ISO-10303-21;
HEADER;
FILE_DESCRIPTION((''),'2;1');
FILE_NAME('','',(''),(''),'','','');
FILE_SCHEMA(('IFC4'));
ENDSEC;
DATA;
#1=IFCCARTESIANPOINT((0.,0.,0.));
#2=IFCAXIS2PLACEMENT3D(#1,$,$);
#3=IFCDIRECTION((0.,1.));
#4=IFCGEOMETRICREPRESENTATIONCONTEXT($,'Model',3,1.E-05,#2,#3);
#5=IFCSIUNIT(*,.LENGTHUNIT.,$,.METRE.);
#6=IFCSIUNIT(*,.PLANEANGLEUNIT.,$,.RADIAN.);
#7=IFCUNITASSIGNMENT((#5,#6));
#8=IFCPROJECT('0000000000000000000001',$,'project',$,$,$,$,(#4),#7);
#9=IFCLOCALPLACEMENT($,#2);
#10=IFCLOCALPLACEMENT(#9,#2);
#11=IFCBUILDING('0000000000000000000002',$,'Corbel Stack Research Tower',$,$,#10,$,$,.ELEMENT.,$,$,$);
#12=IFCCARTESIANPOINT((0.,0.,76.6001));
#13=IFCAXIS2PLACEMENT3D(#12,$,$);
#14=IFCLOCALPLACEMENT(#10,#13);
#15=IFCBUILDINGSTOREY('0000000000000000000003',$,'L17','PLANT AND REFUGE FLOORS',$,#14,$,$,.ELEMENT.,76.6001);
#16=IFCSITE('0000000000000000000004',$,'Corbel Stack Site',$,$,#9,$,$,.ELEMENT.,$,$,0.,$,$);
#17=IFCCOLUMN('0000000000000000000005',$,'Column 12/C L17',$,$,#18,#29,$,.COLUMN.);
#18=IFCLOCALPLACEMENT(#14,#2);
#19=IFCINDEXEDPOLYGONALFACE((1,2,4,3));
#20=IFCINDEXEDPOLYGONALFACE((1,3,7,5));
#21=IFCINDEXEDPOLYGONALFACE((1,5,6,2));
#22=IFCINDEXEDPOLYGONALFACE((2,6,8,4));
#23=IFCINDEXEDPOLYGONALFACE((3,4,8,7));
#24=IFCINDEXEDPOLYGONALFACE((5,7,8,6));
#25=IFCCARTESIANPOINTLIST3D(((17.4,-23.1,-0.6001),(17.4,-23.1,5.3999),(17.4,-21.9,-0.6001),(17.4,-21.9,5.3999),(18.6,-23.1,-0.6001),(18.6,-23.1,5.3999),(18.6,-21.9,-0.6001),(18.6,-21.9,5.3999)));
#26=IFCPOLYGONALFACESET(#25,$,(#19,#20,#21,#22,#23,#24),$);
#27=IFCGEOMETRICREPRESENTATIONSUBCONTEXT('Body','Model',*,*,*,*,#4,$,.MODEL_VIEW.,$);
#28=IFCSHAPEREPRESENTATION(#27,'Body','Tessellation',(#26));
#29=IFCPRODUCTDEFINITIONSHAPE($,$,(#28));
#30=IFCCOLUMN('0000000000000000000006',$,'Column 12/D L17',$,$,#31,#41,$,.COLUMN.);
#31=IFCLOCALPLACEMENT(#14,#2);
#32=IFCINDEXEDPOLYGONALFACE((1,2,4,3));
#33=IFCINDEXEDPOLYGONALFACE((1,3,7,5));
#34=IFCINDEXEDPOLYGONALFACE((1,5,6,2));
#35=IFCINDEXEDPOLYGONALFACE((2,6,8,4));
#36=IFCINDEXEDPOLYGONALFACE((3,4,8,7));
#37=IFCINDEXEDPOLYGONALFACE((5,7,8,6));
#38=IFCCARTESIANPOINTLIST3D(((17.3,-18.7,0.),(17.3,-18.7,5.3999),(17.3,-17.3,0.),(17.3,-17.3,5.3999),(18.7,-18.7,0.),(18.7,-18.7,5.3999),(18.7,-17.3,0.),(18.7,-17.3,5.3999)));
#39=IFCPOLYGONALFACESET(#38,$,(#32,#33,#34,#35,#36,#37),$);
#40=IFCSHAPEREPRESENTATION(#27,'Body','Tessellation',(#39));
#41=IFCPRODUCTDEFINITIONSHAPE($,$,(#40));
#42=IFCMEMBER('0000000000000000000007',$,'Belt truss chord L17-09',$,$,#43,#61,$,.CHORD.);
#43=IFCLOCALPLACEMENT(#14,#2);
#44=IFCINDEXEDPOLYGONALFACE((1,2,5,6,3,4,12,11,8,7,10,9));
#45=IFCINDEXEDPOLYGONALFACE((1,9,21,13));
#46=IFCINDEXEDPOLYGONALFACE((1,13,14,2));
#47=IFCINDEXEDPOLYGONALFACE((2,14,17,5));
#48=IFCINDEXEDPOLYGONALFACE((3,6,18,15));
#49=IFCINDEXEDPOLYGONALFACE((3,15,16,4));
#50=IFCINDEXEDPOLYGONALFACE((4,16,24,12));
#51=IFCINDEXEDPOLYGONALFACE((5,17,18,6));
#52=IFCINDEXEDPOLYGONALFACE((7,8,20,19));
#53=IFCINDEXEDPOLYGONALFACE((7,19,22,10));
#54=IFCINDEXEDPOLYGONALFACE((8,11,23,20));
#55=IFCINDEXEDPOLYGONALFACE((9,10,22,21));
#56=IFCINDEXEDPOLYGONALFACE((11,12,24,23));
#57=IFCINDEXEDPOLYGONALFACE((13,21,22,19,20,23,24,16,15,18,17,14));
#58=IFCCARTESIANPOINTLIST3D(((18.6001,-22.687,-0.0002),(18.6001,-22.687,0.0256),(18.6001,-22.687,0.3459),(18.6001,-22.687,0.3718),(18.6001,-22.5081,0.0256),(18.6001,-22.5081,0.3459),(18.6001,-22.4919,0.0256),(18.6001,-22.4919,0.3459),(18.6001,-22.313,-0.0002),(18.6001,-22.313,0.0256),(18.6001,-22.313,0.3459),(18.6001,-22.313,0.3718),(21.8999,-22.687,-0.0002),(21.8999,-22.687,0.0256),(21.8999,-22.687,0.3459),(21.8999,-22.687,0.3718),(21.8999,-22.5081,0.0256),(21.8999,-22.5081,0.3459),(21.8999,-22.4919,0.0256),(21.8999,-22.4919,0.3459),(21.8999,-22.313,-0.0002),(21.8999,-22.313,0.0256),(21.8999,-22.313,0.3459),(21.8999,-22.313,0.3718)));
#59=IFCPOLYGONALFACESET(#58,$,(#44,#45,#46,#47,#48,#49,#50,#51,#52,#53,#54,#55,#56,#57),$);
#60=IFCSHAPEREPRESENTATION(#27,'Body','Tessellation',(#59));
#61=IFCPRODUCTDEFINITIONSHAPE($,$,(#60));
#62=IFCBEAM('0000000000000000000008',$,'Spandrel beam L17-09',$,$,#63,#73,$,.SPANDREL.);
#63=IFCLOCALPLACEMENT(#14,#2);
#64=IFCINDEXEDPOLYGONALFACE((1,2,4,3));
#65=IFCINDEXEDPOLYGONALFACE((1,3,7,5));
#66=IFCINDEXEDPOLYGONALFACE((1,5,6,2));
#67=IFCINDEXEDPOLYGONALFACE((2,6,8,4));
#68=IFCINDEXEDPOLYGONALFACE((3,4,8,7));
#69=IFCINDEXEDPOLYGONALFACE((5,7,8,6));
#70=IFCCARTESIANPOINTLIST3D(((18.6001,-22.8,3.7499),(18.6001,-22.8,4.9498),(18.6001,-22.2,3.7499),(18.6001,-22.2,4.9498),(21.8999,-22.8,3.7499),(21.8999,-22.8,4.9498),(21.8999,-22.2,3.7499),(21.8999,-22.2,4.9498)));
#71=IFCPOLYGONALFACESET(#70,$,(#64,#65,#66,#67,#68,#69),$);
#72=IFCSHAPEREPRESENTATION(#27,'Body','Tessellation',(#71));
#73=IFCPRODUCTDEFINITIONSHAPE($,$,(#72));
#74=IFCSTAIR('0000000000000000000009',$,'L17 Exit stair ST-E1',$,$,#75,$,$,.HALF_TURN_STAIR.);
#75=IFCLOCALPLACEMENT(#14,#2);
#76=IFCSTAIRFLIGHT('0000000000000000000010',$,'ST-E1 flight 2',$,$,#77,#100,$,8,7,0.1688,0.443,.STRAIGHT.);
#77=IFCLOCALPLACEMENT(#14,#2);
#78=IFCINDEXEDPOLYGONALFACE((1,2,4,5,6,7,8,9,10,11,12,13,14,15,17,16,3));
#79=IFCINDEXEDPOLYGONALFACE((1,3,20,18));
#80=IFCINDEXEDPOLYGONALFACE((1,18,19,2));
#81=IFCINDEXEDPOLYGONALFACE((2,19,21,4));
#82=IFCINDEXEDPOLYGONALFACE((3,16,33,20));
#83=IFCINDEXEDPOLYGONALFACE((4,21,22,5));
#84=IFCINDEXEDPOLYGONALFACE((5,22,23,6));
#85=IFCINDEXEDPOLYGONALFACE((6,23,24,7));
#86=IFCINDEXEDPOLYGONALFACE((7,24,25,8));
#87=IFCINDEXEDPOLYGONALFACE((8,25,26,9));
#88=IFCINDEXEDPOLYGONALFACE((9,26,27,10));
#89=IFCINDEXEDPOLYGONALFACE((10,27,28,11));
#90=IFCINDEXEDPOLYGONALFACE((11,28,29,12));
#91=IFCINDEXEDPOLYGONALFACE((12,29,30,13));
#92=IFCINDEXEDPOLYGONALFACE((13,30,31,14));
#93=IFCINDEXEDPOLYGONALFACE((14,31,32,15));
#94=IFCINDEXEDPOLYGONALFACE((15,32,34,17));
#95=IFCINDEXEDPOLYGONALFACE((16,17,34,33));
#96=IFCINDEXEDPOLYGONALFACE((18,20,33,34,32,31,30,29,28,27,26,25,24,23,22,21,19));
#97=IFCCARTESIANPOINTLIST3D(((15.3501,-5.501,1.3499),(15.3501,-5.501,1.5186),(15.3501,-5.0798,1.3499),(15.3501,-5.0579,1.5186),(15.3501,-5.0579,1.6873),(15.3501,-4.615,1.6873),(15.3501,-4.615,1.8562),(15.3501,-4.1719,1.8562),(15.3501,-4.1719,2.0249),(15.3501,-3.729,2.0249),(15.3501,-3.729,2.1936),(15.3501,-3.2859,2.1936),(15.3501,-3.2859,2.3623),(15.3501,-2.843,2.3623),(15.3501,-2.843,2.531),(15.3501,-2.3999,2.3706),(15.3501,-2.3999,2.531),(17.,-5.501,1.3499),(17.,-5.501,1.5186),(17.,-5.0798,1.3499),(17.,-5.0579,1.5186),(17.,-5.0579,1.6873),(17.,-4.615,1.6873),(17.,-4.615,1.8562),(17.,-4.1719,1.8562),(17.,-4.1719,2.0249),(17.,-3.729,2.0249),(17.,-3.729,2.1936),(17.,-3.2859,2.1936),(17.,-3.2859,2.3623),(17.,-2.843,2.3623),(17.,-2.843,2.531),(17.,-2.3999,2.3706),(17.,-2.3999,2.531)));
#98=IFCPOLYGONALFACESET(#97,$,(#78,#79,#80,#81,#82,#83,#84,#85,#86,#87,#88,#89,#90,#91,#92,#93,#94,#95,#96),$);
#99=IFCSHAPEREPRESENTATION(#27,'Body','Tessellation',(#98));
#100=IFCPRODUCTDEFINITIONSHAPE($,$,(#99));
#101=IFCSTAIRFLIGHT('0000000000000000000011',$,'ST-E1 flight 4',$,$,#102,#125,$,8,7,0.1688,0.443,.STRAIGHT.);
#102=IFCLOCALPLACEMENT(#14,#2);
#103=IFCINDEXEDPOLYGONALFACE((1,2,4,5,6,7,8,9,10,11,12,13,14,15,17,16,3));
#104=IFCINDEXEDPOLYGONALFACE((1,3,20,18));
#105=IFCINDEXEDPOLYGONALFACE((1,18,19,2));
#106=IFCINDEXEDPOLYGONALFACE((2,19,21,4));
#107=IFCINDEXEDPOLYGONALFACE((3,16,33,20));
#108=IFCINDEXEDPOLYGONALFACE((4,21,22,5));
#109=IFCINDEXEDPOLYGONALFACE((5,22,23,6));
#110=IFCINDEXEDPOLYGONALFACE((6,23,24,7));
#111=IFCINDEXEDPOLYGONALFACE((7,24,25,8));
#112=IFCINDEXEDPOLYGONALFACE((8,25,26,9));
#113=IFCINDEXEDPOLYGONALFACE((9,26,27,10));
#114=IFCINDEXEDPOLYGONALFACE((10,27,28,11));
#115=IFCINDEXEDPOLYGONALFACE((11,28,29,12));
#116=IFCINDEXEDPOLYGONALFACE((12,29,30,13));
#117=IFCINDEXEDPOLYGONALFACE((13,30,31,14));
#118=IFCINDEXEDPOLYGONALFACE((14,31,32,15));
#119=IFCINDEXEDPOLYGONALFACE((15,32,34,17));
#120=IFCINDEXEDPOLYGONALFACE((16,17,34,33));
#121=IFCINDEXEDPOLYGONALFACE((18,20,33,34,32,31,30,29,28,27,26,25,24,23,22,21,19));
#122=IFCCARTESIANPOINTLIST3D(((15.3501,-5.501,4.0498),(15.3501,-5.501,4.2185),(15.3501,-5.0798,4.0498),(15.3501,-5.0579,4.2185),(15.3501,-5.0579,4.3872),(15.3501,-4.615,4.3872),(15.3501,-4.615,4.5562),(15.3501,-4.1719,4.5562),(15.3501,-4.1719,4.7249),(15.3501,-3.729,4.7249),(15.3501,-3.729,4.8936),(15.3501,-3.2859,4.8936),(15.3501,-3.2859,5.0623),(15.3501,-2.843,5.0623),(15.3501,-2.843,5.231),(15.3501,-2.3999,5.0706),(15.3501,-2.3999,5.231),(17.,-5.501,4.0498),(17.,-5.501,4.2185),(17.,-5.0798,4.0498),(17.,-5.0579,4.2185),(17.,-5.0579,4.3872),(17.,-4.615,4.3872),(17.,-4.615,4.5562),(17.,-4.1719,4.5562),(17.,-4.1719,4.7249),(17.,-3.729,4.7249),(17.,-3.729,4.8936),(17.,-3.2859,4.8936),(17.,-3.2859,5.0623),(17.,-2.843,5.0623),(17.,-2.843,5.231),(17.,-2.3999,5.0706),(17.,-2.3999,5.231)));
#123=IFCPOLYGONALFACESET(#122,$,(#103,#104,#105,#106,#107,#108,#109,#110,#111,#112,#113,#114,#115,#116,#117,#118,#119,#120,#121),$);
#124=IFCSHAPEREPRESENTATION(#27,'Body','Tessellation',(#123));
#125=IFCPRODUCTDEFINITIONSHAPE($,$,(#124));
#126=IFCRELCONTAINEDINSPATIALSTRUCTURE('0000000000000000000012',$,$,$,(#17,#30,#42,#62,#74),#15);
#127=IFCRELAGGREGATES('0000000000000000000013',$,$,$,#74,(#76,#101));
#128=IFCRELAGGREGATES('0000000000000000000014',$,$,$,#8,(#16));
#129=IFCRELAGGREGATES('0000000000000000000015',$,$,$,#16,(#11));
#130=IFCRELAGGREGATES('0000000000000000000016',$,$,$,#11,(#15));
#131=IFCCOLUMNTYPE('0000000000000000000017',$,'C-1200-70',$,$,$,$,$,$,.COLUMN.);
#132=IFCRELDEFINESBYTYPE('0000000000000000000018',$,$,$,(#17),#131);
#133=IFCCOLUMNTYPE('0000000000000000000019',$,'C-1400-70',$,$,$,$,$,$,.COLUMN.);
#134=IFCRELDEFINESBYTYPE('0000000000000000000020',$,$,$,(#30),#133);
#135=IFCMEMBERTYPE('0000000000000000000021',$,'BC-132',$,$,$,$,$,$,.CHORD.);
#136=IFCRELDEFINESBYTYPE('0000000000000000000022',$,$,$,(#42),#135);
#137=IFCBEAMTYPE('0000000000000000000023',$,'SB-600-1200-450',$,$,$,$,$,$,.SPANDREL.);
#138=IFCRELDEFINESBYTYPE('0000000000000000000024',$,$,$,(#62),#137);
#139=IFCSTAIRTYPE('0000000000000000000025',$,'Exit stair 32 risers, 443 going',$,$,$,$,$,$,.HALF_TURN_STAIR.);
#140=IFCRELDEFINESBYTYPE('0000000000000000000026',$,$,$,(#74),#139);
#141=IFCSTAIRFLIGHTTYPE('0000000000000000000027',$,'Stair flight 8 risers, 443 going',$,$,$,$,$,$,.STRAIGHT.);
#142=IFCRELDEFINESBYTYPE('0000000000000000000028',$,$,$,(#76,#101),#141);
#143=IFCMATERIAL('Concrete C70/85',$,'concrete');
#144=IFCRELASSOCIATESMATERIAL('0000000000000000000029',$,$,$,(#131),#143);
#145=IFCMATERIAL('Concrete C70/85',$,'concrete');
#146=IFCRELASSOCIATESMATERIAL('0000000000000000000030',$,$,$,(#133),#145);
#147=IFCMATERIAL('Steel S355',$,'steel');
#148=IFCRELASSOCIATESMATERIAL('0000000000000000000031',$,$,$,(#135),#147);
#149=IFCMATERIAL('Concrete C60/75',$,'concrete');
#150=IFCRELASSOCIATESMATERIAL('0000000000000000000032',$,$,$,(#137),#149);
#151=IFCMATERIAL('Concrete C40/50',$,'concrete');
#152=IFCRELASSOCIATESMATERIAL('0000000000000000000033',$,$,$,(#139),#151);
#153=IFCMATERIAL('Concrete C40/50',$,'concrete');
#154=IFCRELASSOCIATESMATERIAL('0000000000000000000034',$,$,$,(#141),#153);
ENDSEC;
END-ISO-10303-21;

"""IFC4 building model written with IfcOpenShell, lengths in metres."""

from ifc_helpers import new_model, si_unit, direction, frame, origin, origin_2d, place, context, subcontext, project, spatial, polyline, rectangle, i_section, outline, extrude, material, material_profile, profile_set, type_object, element, aggregate, save


model = new_model("IFC4")

# Units and contexts
model_context = context("Model", 3, precision=1e-05, world=origin(), true_north=direction((0.0, 1.0)))
body_context = subcontext(model_context, "Body", "Model", "MODEL_VIEW")
ifc_project = project(units=[si_unit("LENGTHUNIT", "METRE"), si_unit("PLANEANGLEUNIT", "RADIAN")], contexts=[model_context])

# Site, building, storey
site_placement = place(None, origin())
site = spatial("IfcSite", under=ifc_project, at=site_placement, Name="Corbel Stack Site", CompositionType="ELEMENT", RefElevation=0.0)
building_placement = place(site_placement, origin())
building = spatial("IfcBuilding", under=site, at=building_placement, Name="Corbel Stack Research Tower", CompositionType="ELEMENT")
storey_placement = place(building_placement, frame((0.0, 0.0, 76.6001)))
storey = spatial("IfcBuildingStorey", under=building, at=storey_placement, Name="L17", Description="PLANT AND REFUGE FLOORS", CompositionType="ELEMENT", Elevation=76.6001)

# Columns
ifc_material_1 = material(Name="Concrete C70/85", Category="concrete")
ifc_material_profile_1 = material_profile(ifc_material_1, rectangle(XDim=1.2, YDim=1.2, at=origin_2d()), Name="RC 1200 x 1200")
ifc_profile_set_1 = profile_set([ifc_material_profile_1], Name="Concrete C70/85")
column_type_1 = type_object("IfcColumnType", Name="C-1200-70", PredefinedType="COLUMN", material=ifc_profile_set_1)
column_1_placement = place(storey_placement, frame((18.0, -22.5, -0.6001), z_axis=(0.0, 0.0, 1.0), x_axis=(1.0, 0.0, 0.0)))
element("IfcColumn", 1, at=column_1_placement, inside=storey, type_object=column_type_1, Name="Column 12/C L17", PredefinedType="COLUMN", context=body_context, shape_type="SweptSolid", body=[
    extrude(rectangle(XDim=1.2, YDim=1.2, at=origin_2d()), origin(), (0.0, 0.0, 1.0), 6.0),
])
ifc_material_2 = material(Name="Concrete C70/85", Category="concrete")
ifc_material_profile_2 = material_profile(ifc_material_2, rectangle(XDim=1.3999, YDim=1.3999, at=origin_2d()), Name="RC 1400 x 1400")
ifc_profile_set_2 = profile_set([ifc_material_profile_2], Name="Concrete C70/85")
column_type_2 = type_object("IfcColumnType", Name="C-1400-70", PredefinedType="COLUMN", material=ifc_profile_set_2)
column_2_placement = place(storey_placement, frame((18.0, -18.0, 0.0), z_axis=(0.0, 0.0, 1.0), x_axis=(1.0, 0.0, 0.0)))
element("IfcColumn", 2, at=column_2_placement, inside=storey, type_object=column_type_2, Name="Column 12/D L17", PredefinedType="COLUMN", context=body_context, shape_type="SweptSolid", body=[
    extrude(rectangle(XDim=1.3999, YDim=1.3999, at=origin_2d()), origin(), (0.0, 0.0, 1.0), 5.3999),
])

# Member
ifc_material_3 = material(Name="Steel S355", Category="steel")
ifc_material_profile_3 = material_profile(ifc_material_3, i_section(OverallWidth=0.374, OverallDepth=0.3721, WebThickness=0.0161, FlangeThickness=0.0259, at=origin_2d()), Name="W14x132")
ifc_profile_set_3 = profile_set([ifc_material_profile_3], Name="Steel S355")
member_type = type_object("IfcMemberType", Name="BC-132", PredefinedType="CHORD", material=ifc_profile_set_3)
member_placement = place(storey_placement, frame((18.6001, -22.5, 0.1858), z_axis=(1.0, 0.0, 0.0), x_axis=(0.0, 1.0, 0.0)))
element("IfcMember", 3, at=member_placement, inside=storey, type_object=member_type, Name="Belt truss chord L17-09", PredefinedType="CHORD", context=body_context, shape_type="SweptSolid", body=[
    extrude(i_section(OverallWidth=0.374, OverallDepth=0.3721, WebThickness=0.0161, FlangeThickness=0.0259, at=origin_2d()), origin(), (0.0, 0.0, 1.0), 3.2998),
])

# Beam
ifc_material_4 = material(Name="Concrete C60/75", Category="concrete")
ifc_material_profile_4 = material_profile(ifc_material_4, rectangle(XDim=0.6001, YDim=1.2, at=origin_2d()), Name="RC 600 x 1200")
ifc_profile_set_4 = profile_set([ifc_material_profile_4], Name="Concrete C60/75")
beam_type = type_object("IfcBeamType", Name="SB-600-1200-450", PredefinedType="SPANDREL", material=ifc_profile_set_4)
beam_placement = place(storey_placement, frame((18.6001, -22.5, 4.3499), z_axis=(1.0, 0.0, 0.0), x_axis=(0.0, 1.0, 0.0)))
element("IfcBeam", 4, at=beam_placement, inside=storey, type_object=beam_type, Name="Spandrel beam L17-09", PredefinedType="SPANDREL", context=body_context, shape_type="SweptSolid", body=[
    extrude(rectangle(XDim=0.6001, YDim=1.2, at=origin_2d()), origin(), (0.0, 0.0, 1.0), 3.2998),
])

# Stair, stair flights
ifc_material_5 = material(Name="Concrete C40/50", Category="concrete")
stair_type = type_object("IfcStairType", Name="Exit stair 32 risers, 443 going", PredefinedType="HALF_TURN_STAIR", material=ifc_material_5)
stair_placement = place(storey_placement, origin())
stair = element("IfcStair", 5, at=stair_placement, inside=storey, type_object=stair_type, Name="L17 Exit stair ST-E1", PredefinedType="HALF_TURN_STAIR")
ifc_material_6 = material(Name="Concrete C40/50", Category="concrete")
stair_flight_type = type_object("IfcStairFlightType", Name="Stair flight 8 risers, 443 going", PredefinedType="STRAIGHT", material=ifc_material_6)
stair_flight_1_placement = place(storey_placement, frame((16.175, -5.501, 1.3499), z_axis=(0.0, 0.0, 1.0), x_axis=(0.0, 1.0, 0.0)))
stair_flight_1 = element("IfcStairFlight", 6, at=stair_flight_1_placement, type_object=stair_flight_type, Name="ST-E1 flight 2", NumberOfRisers=8, NumberOfTreads=7, PredefinedType="STRAIGHT", RiserHeight=0.1688, TreadLength=0.443, context=body_context, shape_type="SweptSolid", body=[
    extrude(outline(polyline([(0.0, 0.0), (0.0, 0.1687), (0.4431, 0.1687), (0.4431, 0.3374), (0.886, 0.3374), (0.886, 0.5063), (1.3291, 0.5063), (1.3291, 0.675), (1.772, 0.675), (1.772, 0.8438), (2.2151, 0.8438), (2.2151, 1.0125), (2.658, 1.0125), (2.658, 1.1812), (3.1011, 1.1812), (3.1011, 1.3501), (3.1011, 1.0208), (0.4211, 0.0), (0.0, 0.0)])), frame((0.0, 0.825, 0.0), z_axis=(0.0, -1.0, 0.0), x_axis=(1.0, 0.0, 0.0)), (0.0, 0.0, 1.0), 1.6499),
])
stair_flight_2_placement = place(storey_placement, frame((16.175, -5.501, 4.0498), z_axis=(0.0, 0.0, 1.0), x_axis=(0.0, 1.0, 0.0)))
stair_flight_2 = element("IfcStairFlight", 7, at=stair_flight_2_placement, type_object=stair_flight_type, Name="ST-E1 flight 4", NumberOfRisers=8, NumberOfTreads=7, PredefinedType="STRAIGHT", RiserHeight=0.1688, TreadLength=0.443, context=body_context, shape_type="SweptSolid", body=[
    extrude(outline(polyline([(0.0, 0.0), (0.0, 0.1687), (0.4431, 0.1687), (0.4431, 0.3374), (0.886, 0.3374), (0.886, 0.5063), (1.3291, 0.5063), (1.3291, 0.675), (1.772, 0.675), (1.772, 0.8438), (2.2151, 0.8438), (2.2151, 1.0125), (2.658, 1.0125), (2.658, 1.1812), (3.1011, 1.1812), (3.1011, 1.3501), (3.1011, 1.0208), (0.4211, 0.0), (0.0, 0.0)])), frame((0.0, 0.825, 0.0), z_axis=(0.0, -1.0, 0.0), x_axis=(1.0, 0.0, 0.0)), (0.0, 0.0, 1.0), 1.6499),
])
aggregate(stair, [stair_flight_1, stair_flight_2])

save(model, "model.ifc")
